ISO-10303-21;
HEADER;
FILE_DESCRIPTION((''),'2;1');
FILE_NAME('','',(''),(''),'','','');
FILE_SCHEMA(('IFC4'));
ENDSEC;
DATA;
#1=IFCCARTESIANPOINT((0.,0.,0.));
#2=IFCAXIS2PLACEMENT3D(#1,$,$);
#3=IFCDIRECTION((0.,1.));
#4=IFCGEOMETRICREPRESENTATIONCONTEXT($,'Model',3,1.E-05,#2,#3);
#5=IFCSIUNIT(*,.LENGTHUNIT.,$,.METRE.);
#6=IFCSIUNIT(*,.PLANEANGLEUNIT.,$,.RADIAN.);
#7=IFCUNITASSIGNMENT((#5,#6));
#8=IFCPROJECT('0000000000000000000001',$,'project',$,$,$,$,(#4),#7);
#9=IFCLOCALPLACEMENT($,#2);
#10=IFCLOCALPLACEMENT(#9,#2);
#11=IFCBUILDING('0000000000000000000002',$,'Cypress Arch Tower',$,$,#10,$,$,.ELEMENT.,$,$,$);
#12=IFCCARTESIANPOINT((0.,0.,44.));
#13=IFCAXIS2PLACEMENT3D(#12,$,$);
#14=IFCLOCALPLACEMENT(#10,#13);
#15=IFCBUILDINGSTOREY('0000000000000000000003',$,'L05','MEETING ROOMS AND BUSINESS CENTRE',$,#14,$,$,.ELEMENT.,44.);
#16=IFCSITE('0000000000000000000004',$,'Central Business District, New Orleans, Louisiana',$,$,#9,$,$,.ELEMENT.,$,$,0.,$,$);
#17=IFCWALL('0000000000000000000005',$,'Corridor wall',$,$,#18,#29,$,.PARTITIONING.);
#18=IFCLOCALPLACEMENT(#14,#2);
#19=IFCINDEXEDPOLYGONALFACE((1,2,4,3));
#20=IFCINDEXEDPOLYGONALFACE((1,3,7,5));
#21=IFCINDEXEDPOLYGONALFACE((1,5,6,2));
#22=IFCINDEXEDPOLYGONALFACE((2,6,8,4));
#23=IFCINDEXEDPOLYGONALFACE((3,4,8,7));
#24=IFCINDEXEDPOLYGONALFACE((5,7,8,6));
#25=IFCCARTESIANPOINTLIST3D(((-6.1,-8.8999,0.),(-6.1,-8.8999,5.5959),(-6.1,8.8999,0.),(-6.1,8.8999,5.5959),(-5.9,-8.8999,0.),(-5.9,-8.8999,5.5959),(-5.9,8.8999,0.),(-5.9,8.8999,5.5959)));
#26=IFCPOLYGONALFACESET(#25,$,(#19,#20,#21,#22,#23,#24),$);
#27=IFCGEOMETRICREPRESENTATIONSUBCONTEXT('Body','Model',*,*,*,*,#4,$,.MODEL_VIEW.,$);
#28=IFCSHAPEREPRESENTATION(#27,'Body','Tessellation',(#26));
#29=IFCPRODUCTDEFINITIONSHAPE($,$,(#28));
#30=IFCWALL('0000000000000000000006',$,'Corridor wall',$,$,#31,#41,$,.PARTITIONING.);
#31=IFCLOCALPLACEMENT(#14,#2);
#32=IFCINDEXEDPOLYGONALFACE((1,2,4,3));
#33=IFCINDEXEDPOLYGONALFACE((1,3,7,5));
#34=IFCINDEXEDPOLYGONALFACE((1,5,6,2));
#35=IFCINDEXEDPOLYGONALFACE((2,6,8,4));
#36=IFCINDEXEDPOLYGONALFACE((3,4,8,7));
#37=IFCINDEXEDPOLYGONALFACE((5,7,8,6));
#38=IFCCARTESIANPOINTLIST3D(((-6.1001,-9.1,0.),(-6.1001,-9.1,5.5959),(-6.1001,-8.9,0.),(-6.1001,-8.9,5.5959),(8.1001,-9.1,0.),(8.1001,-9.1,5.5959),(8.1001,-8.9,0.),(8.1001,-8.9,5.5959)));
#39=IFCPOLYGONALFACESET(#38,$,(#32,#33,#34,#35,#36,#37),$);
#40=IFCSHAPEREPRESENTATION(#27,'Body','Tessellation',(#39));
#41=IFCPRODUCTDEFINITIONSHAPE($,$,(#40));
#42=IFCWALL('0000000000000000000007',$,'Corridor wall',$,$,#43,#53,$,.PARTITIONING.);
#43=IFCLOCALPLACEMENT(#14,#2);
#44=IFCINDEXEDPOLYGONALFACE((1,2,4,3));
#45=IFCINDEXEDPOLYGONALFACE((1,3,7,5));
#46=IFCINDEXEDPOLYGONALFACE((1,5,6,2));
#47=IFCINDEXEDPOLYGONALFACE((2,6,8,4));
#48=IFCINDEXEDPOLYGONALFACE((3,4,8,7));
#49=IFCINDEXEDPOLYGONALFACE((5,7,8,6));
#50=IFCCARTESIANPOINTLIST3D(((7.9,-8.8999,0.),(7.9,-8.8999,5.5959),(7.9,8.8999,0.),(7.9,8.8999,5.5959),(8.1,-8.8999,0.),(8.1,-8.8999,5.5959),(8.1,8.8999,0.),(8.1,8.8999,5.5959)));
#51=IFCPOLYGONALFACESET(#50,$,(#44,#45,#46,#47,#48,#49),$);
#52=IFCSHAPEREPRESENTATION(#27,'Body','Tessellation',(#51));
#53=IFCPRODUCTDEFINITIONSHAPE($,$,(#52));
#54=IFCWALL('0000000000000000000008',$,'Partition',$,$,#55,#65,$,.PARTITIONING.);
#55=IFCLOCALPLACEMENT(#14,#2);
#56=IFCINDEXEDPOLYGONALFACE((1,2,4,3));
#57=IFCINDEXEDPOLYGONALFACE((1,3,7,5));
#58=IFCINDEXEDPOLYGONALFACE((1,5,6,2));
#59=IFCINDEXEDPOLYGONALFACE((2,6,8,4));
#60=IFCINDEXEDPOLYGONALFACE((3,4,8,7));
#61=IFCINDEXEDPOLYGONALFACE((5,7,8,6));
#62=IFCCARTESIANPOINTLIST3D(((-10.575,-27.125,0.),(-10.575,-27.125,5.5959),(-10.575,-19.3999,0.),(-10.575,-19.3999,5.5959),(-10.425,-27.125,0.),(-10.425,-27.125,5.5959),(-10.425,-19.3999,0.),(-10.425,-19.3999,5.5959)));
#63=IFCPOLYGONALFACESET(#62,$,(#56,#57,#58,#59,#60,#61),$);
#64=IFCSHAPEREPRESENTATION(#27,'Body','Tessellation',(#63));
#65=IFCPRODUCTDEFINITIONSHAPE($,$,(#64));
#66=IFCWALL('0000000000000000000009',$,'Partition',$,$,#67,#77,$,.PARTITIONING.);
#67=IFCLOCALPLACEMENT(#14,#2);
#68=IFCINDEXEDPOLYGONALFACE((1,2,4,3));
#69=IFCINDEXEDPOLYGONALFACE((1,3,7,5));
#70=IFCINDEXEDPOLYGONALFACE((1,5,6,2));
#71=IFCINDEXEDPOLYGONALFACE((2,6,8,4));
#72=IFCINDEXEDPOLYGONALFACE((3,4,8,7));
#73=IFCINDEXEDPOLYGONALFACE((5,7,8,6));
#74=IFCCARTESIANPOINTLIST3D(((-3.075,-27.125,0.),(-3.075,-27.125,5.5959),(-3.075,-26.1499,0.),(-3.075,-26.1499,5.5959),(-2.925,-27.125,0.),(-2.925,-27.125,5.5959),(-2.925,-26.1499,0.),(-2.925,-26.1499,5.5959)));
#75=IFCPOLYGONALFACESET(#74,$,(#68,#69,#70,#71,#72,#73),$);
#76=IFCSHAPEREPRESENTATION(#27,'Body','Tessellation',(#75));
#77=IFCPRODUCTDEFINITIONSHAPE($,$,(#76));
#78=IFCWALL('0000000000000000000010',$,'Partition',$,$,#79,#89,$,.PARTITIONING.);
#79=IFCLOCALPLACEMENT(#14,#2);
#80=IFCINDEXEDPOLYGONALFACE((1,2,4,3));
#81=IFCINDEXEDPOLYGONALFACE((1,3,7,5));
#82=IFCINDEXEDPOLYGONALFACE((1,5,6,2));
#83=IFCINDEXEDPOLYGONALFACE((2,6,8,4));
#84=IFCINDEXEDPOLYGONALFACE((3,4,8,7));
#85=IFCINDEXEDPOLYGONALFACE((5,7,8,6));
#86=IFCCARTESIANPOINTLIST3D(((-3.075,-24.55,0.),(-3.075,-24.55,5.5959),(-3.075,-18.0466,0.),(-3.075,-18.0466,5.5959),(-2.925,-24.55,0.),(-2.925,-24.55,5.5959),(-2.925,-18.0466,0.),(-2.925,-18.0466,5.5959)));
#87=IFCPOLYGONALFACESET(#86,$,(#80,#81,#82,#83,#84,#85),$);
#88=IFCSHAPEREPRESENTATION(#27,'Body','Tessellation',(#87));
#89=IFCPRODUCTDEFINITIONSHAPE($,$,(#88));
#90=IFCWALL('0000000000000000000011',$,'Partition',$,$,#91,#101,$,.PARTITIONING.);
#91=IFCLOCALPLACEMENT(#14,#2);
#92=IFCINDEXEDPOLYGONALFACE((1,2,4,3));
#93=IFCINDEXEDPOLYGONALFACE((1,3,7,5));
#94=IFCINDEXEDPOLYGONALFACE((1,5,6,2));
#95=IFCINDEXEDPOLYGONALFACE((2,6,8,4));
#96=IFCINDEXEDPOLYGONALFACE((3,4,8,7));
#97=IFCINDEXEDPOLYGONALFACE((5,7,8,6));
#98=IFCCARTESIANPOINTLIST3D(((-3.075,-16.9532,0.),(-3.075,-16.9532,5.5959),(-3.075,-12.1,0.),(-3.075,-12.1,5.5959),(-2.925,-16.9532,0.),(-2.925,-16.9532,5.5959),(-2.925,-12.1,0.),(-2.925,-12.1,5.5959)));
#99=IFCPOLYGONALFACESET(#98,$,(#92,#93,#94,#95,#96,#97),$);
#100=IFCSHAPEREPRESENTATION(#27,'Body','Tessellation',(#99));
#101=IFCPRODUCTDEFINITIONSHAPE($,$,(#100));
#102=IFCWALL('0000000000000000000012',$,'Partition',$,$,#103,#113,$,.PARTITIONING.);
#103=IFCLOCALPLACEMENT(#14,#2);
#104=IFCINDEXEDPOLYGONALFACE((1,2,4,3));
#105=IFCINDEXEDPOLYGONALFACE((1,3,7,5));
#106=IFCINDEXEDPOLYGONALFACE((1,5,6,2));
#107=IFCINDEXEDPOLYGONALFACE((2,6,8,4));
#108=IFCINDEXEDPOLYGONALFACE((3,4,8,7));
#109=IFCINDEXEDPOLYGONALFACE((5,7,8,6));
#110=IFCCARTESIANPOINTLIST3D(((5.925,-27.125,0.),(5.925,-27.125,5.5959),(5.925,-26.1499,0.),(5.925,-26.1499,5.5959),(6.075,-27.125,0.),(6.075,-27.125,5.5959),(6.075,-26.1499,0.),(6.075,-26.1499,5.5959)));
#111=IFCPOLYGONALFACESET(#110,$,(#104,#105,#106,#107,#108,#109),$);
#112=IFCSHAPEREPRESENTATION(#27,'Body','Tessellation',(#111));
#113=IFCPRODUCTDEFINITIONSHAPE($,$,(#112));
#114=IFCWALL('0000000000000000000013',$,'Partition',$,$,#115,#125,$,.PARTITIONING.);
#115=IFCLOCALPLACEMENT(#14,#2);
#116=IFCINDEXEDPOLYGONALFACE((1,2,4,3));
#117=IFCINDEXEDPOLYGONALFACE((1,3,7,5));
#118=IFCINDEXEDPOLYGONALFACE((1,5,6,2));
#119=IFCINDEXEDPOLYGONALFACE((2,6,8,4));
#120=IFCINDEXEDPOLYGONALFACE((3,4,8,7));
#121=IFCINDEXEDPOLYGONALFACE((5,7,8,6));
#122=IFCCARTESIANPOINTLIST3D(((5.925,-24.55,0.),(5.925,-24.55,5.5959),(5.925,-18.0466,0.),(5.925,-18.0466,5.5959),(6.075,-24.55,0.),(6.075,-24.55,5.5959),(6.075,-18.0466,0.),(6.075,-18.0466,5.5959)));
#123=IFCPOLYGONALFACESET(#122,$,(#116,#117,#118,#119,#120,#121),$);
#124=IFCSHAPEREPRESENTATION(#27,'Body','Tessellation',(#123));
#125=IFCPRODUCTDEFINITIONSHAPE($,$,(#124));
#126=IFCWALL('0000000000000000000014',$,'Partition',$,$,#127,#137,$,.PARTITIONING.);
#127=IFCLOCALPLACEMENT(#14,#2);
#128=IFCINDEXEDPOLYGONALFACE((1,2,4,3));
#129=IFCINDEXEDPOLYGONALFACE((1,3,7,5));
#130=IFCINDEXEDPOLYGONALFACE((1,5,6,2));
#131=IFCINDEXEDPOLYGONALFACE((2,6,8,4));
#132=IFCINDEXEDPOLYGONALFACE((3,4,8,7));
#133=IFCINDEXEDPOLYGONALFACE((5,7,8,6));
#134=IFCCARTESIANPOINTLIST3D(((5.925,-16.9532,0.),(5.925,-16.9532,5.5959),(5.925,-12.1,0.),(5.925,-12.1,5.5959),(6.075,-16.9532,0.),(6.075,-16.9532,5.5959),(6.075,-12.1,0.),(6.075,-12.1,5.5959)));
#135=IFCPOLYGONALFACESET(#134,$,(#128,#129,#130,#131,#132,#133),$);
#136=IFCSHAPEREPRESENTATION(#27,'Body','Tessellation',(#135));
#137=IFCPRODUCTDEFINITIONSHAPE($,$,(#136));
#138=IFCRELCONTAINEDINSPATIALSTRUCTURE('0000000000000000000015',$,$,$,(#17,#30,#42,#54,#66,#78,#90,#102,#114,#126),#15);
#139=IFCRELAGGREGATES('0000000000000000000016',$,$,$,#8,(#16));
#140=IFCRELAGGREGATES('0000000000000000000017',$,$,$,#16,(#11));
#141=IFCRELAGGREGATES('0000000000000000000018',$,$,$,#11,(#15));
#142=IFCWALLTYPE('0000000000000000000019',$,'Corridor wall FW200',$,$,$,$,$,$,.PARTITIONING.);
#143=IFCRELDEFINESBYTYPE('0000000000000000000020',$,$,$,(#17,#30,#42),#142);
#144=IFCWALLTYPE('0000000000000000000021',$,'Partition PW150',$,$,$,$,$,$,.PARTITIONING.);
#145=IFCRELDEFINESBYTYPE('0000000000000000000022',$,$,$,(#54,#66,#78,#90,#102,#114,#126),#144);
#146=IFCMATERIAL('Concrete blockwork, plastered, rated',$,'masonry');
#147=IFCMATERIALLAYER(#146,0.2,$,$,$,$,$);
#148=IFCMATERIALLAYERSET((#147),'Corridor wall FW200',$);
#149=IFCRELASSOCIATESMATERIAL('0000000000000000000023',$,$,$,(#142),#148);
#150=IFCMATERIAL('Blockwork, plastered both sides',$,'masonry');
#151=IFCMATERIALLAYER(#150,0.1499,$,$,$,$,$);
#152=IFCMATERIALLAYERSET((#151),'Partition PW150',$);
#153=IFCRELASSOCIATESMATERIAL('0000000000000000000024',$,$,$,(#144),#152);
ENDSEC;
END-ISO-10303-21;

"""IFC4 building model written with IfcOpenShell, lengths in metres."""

from ifc_helpers import new_model, si_unit, direction, frame, frame_2d, origin, place, context, subcontext, project, spatial, rectangle, extrude, material, layer, layer_set, type_object, element, save


model = new_model("IFC4")

# Units and contexts
model_context = context("Model", 3, precision=1e-05, world=origin(), true_north=direction((0.0, 1.0)))
body_context = subcontext(model_context, "Body", "Model", "MODEL_VIEW")
ifc_project = project(units=[si_unit("LENGTHUNIT", "METRE"), si_unit("PLANEANGLEUNIT", "RADIAN")], contexts=[model_context])

# Site, building, storey
site_placement = place(None, origin())
site = spatial("IfcSite", under=ifc_project, at=site_placement, Name="Central Business District, New Orleans, Louisiana", CompositionType="ELEMENT", RefElevation=0.0)
building_placement = place(site_placement, origin())
building = spatial("IfcBuilding", under=site, at=building_placement, Name="Cypress Arch Tower", CompositionType="ELEMENT")
storey_placement = place(building_placement, frame((0.0, 0.0, 44.0)))
storey = spatial("IfcBuildingStorey", under=building, at=storey_placement, Name="L05", Description="MEETING ROOMS AND BUSINESS CENTRE", CompositionType="ELEMENT", Elevation=44.0)

# Shared definitions
ifc_material_1 = material(Name="Concrete blockwork, plastered, rated", Category="masonry")
ifc_layer_1 = layer(ifc_material_1, 0.2)
ifc_layer_set_1 = layer_set([ifc_layer_1], Name="Corridor wall FW200")
wall_type_1 = type_object("IfcWallType", Name="Corridor wall FW200", PredefinedType="PARTITIONING", material=ifc_layer_set_1)

# Walls
wall_1_placement = place(storey_placement, frame((-6.0, -8.8999, 0.0), z_axis=(0.0, 0.0, 1.0), x_axis=(0.0, 1.0, 0.0)))
element("IfcWall", 1, at=wall_1_placement, inside=storey, type_object=wall_type_1, Name="Corridor wall", PredefinedType="PARTITIONING", context=body_context, shape_type="SweptSolid", body=[
    extrude(rectangle(XDim=17.7998, YDim=0.2, at=frame_2d((8.8999, 0.0))), origin(), (0.0, 0.0, 1.0), 5.5959),
])
wall_2_placement = place(storey_placement, frame((-6.1001, -9.0, 0.0), z_axis=(0.0, 0.0, 1.0), x_axis=(1.0, 0.0, 0.0)))
element("IfcWall", 2, at=wall_2_placement, inside=storey, type_object=wall_type_1, Name="Corridor wall", PredefinedType="PARTITIONING", context=body_context, shape_type="SweptSolid", body=[
    extrude(rectangle(XDim=14.2002, YDim=0.2, at=frame_2d((7.1001, 0.0))), origin(), (0.0, 0.0, 1.0), 5.5959),
])
wall_3_placement = place(storey_placement, frame((8.0, -8.8999, 0.0), z_axis=(0.0, 0.0, 1.0), x_axis=(0.0, 1.0, 0.0)))
element("IfcWall", 3, at=wall_3_placement, inside=storey, type_object=wall_type_1, Name="Corridor wall", PredefinedType="PARTITIONING", context=body_context, shape_type="SweptSolid", body=[
    extrude(rectangle(XDim=17.7998, YDim=0.2, at=frame_2d((8.8999, 0.0))), origin(), (0.0, 0.0, 1.0), 5.5959),
])
ifc_material_2 = material(Name="Blockwork, plastered both sides", Category="masonry")
ifc_layer_2 = layer(ifc_material_2, 0.1499)
ifc_layer_set_2 = layer_set([ifc_layer_2], Name="Partition PW150")
wall_type_2 = type_object("IfcWallType", Name="Partition PW150", PredefinedType="PARTITIONING", material=ifc_layer_set_2)
wall_4_placement = place(storey_placement, frame((-10.5, -27.125, 0.0), z_axis=(0.0, 0.0, 1.0), x_axis=(0.0, 1.0, 0.0)))
element("IfcWall", 4, at=wall_4_placement, inside=storey, type_object=wall_type_2, Name="Partition", PredefinedType="PARTITIONING", context=body_context, shape_type="SweptSolid", body=[
    extrude(rectangle(XDim=7.7251, YDim=0.1499, at=frame_2d((3.8625, 0.0))), origin(), (0.0, 0.0, 1.0), 5.5959),
])
wall_5_placement = place(storey_placement, frame((-3.0, -27.125, 0.0), z_axis=(0.0, 0.0, 1.0), x_axis=(0.0, 1.0, 0.0)))
element("IfcWall", 5, at=wall_5_placement, inside=storey, type_object=wall_type_2, Name="Partition", PredefinedType="PARTITIONING", context=body_context, shape_type="SweptSolid", body=[
    extrude(rectangle(XDim=0.9751, YDim=0.1499, at=frame_2d((0.4875, 0.0))), origin(), (0.0, 0.0, 1.0), 5.5959),
])
wall_6_placement = place(storey_placement, frame((-3.0, -24.55, 0.0), z_axis=(0.0, 0.0, 1.0), x_axis=(0.0, 1.0, 0.0)))
element("IfcWall", 6, at=wall_6_placement, inside=storey, type_object=wall_type_2, Name="Partition", PredefinedType="PARTITIONING", context=body_context, shape_type="SweptSolid", body=[
    extrude(rectangle(XDim=6.5034, YDim=0.1499, at=frame_2d((3.2517, 0.0))), origin(), (0.0, 0.0, 1.0), 5.5959),
])
wall_7_placement = place(storey_placement, frame((-3.0, -16.9534, 0.0), z_axis=(0.0, 0.0, 1.0), x_axis=(0.0, 1.0, 0.0)))
element("IfcWall", 7, at=wall_7_placement, inside=storey, type_object=wall_type_2, Name="Partition", PredefinedType="PARTITIONING", context=body_context, shape_type="SweptSolid", body=[
    extrude(rectangle(XDim=4.8533, YDim=0.1499, at=frame_2d((2.4268, 0.0))), origin(), (0.0, 0.0, 1.0), 5.5959),
])
wall_8_placement = place(storey_placement, frame((6.0, -27.125, 0.0), z_axis=(0.0, 0.0, 1.0), x_axis=(0.0, 1.0, 0.0)))
element("IfcWall", 8, at=wall_8_placement, inside=storey, type_object=wall_type_2, Name="Partition", PredefinedType="PARTITIONING", context=body_context, shape_type="SweptSolid", body=[
    extrude(rectangle(XDim=0.9751, YDim=0.1499, at=frame_2d((0.4875, 0.0))), origin(), (0.0, 0.0, 1.0), 5.5959),
])
wall_9_placement = place(storey_placement, frame((6.0, -24.55, 0.0), z_axis=(0.0, 0.0, 1.0), x_axis=(0.0, 1.0, 0.0)))
element("IfcWall", 9, at=wall_9_placement, inside=storey, type_object=wall_type_2, Name="Partition", PredefinedType="PARTITIONING", context=body_context, shape_type="SweptSolid", body=[
    extrude(rectangle(XDim=6.5034, YDim=0.1499, at=frame_2d((3.2517, 0.0))), origin(), (0.0, 0.0, 1.0), 5.5959),
])
wall_10_placement = place(storey_placement, frame((6.0, -16.9534, 0.0), z_axis=(0.0, 0.0, 1.0), x_axis=(0.0, 1.0, 0.0)))
element("IfcWall", 10, at=wall_10_placement, inside=storey, type_object=wall_type_2, Name="Partition", PredefinedType="PARTITIONING", context=body_context, shape_type="SweptSolid", body=[
    extrude(rectangle(XDim=4.8533, YDim=0.1499, at=frame_2d((2.4268, 0.0))), origin(), (0.0, 0.0, 1.0), 5.5959),
])

save(model, "model.ifc")
